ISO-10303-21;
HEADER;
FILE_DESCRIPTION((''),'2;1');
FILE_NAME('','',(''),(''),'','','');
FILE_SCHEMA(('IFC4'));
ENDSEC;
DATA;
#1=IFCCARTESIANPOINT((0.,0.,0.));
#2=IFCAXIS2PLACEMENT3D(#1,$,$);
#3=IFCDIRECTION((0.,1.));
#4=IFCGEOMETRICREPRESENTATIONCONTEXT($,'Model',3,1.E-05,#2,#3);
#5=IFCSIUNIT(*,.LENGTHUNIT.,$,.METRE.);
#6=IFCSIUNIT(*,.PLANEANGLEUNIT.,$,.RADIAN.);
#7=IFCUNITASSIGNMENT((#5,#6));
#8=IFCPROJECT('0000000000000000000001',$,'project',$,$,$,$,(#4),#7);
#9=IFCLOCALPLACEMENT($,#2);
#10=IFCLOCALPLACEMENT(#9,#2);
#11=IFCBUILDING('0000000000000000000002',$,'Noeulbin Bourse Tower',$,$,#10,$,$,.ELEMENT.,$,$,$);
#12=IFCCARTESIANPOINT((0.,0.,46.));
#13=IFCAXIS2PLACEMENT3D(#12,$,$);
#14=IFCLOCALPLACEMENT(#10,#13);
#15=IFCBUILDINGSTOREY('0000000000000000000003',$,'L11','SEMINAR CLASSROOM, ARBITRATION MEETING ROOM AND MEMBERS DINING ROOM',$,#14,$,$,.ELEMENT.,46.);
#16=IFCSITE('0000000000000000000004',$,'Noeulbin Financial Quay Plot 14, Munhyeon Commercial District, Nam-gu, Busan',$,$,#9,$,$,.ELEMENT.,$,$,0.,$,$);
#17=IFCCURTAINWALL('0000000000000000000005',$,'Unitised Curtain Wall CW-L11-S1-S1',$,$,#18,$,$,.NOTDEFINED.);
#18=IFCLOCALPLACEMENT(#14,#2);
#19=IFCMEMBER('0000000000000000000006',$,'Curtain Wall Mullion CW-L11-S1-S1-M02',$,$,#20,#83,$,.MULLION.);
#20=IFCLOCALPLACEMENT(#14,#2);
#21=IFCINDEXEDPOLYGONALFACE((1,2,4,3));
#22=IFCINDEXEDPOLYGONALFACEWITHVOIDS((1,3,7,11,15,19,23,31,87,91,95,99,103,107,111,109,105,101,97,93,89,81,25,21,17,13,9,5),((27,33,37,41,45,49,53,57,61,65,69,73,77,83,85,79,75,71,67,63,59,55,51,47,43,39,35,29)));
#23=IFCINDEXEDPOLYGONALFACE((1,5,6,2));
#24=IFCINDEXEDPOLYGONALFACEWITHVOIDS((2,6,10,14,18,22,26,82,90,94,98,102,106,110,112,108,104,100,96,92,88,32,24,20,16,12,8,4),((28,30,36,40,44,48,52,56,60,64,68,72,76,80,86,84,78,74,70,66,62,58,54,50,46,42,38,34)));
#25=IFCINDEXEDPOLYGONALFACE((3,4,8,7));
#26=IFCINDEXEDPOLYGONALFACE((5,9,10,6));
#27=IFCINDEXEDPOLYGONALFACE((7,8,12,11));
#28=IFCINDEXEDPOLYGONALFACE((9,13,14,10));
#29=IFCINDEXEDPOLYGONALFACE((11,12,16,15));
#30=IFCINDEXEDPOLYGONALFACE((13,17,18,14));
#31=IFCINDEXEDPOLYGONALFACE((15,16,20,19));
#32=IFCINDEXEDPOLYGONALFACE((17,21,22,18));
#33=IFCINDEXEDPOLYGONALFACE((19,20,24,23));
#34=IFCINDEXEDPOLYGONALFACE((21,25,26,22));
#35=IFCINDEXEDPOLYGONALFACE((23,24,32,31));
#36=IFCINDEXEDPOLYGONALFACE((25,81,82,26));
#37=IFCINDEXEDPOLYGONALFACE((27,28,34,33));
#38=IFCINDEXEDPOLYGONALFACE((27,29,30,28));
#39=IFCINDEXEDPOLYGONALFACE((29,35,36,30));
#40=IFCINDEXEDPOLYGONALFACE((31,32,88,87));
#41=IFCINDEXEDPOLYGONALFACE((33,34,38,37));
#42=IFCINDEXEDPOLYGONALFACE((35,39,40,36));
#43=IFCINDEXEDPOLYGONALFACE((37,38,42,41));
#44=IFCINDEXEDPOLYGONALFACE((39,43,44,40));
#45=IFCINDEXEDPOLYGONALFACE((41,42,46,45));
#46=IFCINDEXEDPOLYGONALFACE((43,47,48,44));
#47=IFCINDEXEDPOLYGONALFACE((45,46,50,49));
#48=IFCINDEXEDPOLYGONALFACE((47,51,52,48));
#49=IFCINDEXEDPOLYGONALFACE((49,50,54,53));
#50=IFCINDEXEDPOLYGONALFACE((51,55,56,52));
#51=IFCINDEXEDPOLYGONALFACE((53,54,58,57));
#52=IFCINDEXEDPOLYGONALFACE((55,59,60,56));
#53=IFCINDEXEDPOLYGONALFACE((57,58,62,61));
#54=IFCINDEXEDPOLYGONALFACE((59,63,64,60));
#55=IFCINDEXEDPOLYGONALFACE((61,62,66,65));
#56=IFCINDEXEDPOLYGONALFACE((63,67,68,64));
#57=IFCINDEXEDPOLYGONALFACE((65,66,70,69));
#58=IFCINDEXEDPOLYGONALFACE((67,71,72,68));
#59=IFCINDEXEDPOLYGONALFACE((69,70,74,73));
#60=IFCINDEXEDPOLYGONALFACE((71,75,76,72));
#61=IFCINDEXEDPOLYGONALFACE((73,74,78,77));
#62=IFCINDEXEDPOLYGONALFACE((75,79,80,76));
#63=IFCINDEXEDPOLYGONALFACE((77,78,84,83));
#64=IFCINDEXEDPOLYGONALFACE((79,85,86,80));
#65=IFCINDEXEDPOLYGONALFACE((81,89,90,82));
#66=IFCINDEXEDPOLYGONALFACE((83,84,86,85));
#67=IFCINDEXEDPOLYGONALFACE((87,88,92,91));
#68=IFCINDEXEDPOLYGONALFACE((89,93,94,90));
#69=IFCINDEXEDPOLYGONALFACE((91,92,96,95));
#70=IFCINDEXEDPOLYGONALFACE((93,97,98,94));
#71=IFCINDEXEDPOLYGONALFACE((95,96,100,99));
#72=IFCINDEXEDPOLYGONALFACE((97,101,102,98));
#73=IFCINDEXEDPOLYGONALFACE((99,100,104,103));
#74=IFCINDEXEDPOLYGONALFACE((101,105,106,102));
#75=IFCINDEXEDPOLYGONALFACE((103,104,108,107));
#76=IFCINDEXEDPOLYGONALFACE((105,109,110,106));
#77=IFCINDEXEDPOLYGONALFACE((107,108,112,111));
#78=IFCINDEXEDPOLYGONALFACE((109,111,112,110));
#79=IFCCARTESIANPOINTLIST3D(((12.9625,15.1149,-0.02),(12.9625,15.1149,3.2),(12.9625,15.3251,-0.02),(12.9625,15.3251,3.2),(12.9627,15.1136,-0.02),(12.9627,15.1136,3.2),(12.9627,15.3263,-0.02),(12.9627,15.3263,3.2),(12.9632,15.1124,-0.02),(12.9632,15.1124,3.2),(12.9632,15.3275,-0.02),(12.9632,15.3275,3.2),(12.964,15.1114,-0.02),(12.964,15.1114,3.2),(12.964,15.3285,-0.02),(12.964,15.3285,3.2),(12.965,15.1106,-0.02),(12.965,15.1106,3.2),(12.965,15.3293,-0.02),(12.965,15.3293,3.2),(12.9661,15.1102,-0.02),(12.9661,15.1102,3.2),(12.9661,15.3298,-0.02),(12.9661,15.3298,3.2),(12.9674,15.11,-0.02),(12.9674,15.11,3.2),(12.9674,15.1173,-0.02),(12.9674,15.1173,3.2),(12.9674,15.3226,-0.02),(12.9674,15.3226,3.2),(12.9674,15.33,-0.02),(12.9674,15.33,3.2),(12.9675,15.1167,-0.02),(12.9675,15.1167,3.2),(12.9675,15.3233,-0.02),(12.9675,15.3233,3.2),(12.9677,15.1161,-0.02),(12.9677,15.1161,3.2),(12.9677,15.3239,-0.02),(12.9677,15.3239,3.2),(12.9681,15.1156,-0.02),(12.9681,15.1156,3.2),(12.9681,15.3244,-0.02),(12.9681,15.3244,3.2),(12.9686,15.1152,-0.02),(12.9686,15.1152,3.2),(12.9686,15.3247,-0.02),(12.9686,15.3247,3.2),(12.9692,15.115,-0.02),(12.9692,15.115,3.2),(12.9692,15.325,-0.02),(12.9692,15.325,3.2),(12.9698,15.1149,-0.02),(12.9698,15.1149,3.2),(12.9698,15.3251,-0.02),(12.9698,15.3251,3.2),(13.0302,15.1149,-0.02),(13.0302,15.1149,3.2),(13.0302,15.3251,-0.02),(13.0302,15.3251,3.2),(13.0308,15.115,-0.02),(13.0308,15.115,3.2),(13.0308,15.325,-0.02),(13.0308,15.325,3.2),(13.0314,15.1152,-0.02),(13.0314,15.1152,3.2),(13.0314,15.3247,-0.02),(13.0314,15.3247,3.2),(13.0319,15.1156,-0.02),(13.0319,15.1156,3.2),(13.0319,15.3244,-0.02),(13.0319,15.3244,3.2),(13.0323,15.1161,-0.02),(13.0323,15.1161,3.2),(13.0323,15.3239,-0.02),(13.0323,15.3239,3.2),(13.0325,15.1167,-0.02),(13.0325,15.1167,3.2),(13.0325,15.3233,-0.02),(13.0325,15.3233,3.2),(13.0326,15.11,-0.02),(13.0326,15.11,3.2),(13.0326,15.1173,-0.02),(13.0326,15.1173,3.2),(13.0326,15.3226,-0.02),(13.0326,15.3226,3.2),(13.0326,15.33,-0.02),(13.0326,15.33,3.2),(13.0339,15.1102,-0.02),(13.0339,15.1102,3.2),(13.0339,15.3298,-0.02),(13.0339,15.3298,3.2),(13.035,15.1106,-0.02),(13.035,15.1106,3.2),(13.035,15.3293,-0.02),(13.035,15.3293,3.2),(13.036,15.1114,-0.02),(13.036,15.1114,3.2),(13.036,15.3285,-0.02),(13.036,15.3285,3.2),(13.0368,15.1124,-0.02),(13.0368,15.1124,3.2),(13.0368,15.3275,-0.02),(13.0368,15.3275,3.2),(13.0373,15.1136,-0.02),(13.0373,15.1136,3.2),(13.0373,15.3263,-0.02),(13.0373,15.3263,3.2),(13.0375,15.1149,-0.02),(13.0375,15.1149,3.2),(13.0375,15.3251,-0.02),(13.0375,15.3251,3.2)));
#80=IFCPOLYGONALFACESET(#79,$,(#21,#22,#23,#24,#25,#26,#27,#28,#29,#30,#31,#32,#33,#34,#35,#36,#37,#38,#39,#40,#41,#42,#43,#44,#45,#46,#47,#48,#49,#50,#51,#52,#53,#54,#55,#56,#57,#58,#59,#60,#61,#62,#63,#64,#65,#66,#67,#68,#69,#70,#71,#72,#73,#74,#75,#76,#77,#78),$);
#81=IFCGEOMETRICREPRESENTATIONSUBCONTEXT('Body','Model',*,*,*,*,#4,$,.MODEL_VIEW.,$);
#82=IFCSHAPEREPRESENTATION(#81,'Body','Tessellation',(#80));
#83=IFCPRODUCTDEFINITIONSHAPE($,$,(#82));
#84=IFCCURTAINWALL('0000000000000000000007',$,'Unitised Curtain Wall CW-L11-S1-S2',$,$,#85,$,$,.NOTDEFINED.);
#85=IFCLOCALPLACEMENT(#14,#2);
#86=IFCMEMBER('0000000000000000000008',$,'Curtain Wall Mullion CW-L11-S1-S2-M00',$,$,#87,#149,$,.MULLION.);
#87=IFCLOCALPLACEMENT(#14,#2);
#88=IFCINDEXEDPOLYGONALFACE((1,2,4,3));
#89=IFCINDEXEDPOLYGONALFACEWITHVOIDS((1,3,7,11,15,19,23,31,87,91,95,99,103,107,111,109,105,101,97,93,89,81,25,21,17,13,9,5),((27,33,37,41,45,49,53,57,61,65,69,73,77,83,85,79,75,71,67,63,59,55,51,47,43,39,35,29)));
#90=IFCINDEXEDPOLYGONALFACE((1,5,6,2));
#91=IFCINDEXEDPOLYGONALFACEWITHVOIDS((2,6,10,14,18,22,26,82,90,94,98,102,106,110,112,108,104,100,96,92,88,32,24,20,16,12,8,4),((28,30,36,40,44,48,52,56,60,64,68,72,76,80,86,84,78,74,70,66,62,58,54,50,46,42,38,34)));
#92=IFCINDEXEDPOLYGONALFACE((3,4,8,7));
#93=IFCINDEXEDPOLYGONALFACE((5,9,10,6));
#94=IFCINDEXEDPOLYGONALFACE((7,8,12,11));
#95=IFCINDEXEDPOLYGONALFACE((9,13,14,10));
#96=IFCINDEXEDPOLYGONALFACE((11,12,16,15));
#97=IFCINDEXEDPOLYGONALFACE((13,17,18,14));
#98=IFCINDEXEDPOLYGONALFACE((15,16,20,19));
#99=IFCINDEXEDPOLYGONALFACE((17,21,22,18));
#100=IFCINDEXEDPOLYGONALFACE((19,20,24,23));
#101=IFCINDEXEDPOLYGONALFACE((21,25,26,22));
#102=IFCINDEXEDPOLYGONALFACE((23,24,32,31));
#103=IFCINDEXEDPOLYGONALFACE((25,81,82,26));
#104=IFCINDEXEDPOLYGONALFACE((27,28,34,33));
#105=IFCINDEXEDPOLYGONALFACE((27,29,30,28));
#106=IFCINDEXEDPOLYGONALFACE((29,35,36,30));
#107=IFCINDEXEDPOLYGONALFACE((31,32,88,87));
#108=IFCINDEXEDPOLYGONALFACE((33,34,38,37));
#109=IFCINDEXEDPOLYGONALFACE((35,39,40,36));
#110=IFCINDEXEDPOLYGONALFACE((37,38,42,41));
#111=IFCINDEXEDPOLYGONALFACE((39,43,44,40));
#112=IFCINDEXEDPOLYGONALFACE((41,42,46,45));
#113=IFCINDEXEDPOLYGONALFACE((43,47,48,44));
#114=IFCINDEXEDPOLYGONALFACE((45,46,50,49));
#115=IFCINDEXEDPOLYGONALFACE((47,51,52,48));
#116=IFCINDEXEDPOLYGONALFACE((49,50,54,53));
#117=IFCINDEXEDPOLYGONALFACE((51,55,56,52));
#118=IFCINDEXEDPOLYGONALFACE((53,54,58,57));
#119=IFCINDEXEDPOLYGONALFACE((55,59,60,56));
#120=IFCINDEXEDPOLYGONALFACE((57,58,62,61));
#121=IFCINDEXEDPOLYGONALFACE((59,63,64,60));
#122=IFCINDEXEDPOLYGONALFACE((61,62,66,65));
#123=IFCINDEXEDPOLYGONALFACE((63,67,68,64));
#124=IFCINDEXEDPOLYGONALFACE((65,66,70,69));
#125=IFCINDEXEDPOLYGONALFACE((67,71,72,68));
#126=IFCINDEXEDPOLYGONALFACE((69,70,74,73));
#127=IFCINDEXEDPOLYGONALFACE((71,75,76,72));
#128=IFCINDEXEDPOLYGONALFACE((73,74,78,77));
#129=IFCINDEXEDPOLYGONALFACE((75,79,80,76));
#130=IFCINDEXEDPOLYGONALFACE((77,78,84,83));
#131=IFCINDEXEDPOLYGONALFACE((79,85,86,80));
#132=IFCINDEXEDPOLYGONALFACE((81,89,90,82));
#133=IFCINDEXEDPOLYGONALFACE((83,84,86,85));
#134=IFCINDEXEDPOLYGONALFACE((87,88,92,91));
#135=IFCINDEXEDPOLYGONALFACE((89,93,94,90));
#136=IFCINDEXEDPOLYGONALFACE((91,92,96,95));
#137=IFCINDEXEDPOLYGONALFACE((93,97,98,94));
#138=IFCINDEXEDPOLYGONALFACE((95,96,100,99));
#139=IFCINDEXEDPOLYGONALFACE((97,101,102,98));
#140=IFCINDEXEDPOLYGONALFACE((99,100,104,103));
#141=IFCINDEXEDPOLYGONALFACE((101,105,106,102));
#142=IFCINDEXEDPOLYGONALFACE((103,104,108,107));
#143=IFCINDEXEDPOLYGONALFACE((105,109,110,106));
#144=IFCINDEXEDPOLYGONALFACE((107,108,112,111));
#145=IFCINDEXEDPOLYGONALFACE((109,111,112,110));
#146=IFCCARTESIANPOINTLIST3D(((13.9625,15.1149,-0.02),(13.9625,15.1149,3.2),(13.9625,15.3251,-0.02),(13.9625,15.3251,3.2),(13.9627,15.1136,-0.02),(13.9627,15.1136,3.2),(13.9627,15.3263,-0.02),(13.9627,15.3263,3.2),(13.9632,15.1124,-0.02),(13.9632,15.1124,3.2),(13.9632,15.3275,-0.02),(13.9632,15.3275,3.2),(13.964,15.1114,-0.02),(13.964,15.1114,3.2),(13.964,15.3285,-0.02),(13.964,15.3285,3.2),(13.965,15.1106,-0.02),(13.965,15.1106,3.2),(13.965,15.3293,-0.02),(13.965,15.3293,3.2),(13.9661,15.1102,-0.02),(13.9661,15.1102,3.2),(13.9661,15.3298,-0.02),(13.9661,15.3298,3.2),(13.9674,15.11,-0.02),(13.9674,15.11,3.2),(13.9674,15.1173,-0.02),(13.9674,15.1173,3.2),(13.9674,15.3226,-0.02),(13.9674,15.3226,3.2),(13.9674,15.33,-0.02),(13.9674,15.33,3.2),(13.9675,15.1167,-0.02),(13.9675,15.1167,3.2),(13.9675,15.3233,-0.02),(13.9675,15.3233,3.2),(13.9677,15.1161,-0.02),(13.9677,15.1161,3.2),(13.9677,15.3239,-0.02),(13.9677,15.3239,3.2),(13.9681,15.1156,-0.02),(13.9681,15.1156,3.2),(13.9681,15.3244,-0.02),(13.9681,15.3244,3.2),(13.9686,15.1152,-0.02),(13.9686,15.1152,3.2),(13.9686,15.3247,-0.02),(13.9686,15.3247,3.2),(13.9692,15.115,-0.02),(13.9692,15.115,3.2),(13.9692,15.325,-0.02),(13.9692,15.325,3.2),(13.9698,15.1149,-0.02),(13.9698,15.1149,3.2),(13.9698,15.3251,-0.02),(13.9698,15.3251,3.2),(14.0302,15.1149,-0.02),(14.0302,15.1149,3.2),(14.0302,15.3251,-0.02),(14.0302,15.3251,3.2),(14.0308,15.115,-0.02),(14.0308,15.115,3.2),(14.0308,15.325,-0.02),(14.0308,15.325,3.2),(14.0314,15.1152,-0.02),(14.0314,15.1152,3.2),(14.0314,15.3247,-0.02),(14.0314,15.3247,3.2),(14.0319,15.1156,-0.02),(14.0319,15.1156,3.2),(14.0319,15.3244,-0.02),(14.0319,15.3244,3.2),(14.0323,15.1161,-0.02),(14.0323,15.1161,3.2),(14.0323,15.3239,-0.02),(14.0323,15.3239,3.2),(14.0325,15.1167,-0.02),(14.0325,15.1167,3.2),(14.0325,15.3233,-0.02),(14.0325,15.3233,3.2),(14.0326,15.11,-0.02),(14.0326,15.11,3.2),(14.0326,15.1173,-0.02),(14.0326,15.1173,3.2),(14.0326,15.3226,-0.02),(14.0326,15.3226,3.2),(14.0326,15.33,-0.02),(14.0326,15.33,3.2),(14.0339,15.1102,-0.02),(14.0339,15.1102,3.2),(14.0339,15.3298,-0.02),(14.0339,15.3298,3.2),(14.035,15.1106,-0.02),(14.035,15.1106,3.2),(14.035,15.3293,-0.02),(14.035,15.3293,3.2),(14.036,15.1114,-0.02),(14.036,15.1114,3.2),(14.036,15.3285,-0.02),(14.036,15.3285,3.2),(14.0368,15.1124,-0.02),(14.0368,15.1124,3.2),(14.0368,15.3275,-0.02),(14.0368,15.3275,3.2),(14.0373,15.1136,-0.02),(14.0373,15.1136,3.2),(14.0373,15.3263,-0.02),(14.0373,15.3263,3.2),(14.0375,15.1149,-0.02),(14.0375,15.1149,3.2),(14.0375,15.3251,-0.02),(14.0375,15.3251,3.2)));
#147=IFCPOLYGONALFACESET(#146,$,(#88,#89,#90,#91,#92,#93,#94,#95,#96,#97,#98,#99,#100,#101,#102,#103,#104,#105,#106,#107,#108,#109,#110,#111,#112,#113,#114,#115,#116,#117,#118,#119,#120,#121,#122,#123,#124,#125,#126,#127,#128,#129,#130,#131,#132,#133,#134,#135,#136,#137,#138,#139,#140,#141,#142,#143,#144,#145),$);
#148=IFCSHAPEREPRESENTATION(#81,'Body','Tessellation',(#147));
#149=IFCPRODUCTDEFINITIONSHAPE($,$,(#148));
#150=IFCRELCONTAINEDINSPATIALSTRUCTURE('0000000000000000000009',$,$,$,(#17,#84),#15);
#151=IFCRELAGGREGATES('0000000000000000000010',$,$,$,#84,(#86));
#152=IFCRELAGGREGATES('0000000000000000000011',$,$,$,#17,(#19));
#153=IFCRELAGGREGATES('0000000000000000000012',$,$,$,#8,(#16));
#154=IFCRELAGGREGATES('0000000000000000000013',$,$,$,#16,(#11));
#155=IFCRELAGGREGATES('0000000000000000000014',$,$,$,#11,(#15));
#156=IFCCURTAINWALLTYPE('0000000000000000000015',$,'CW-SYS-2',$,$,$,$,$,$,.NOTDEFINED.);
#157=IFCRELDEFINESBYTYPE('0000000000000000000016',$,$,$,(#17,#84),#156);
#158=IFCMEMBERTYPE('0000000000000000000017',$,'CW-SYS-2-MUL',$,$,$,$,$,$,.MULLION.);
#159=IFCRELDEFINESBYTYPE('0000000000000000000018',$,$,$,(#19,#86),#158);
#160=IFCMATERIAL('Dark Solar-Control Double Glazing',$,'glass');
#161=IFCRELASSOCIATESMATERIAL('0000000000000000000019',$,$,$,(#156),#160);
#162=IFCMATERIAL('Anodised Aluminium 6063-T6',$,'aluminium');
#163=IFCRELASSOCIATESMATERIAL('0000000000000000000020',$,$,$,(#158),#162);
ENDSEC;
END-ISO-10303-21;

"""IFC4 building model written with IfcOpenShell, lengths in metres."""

from ifc_helpers import new_model, si_unit, direction, frame, origin, origin_2d, place, context, subcontext, project, spatial, hollow_rectangle, extrude, material, material_profile, profile_set, type_object, element, aggregate, save


model = new_model("IFC4")

# Units and contexts
model_context = context("Model", 3, precision=1e-05, world=origin(), true_north=direction((0.0, 1.0)))
body_context = subcontext(model_context, "Body", "Model", "MODEL_VIEW")
ifc_project = project(units=[si_unit("LENGTHUNIT", "METRE"), si_unit("PLANEANGLEUNIT", "RADIAN")], contexts=[model_context])

# Site, building, storey
site_placement = place(None, origin())
site = spatial("IfcSite", under=ifc_project, at=site_placement, Name="Noeulbin Financial Quay Plot 14, Munhyeon Commercial District, Nam-gu, Busan", CompositionType="ELEMENT", RefElevation=0.0)
building_placement = place(site_placement, origin())
building = spatial("IfcBuilding", under=site, at=building_placement, Name="Noeulbin Bourse Tower", CompositionType="ELEMENT")
storey_placement = place(building_placement, frame((0.0, 0.0, 46.0)))
storey = spatial("IfcBuildingStorey", under=building, at=storey_placement, Name="L11", Description="SEMINAR CLASSROOM, ARBITRATION MEETING ROOM AND MEMBERS DINING ROOM", CompositionType="ELEMENT", Elevation=46.0)

# Curtain wall, member
ifc_material_1 = material(Name="Dark Solar-Control Double Glazing", Category="glass")
curtain_wall_type = type_object("IfcCurtainWallType", Name="CW-SYS-2", PredefinedType="NOTDEFINED", material=ifc_material_1)
curtain_wall_1_placement = place(storey_placement, origin())
curtain_wall_1 = element("IfcCurtainWall", 1, at=curtain_wall_1_placement, inside=storey, type_object=curtain_wall_type, Name="Unitised Curtain Wall CW-L11-S1-S1", PredefinedType="NOTDEFINED")
ifc_material_2 = material(Name="Anodised Aluminium 6063-T6", Category="aluminium")
ifc_material_profile_1 = material_profile(ifc_material_2, hollow_rectangle(XDim=0.075, YDim=0.22, WallThickness=0.0049, InnerFilletRadius=0.0024, OuterFilletRadius=0.0049, at=origin_2d()), Name="ALU-MULL-75x220x5", Category="LoadBearing")
ifc_profile_set_1 = profile_set([ifc_material_profile_1], Name="Anodised Aluminium 6063-T6")
member_type_1 = type_object("IfcMemberType", Name="CW-SYS-2-MUL", PredefinedType="MULLION", material=ifc_profile_set_1)
member_1_placement = place(storey_placement, frame((13.0, 15.22, -0.02), z_axis=(0.0, 0.0, 1.0), x_axis=(1.0, 0.0, 0.0)))
member_1 = element("IfcMember", 2, at=member_1_placement, type_object=member_type_1, Name="Curtain Wall Mullion CW-L11-S1-S1-M02", PredefinedType="MULLION", context=body_context, shape_type="SweptSolid", body=[
    extrude(hollow_rectangle(XDim=0.075, YDim=0.22, WallThickness=0.0049, InnerFilletRadius=0.0024, OuterFilletRadius=0.0049, at=origin_2d()), origin(), (0.0, 0.0, 1.0), 3.22),
])

# Curtain wall, member
curtain_wall_2_placement = place(storey_placement, origin())
curtain_wall_2 = element("IfcCurtainWall", 3, at=curtain_wall_2_placement, inside=storey, type_object=curtain_wall_type, Name="Unitised Curtain Wall CW-L11-S1-S2", PredefinedType="NOTDEFINED")
member_2_placement = place(storey_placement, frame((14.0, 15.22, -0.02), z_axis=(0.0, 0.0, 1.0), x_axis=(1.0, 0.0, 0.0)))
member_2 = element("IfcMember", 4, at=member_2_placement, type_object=member_type_1, Name="Curtain Wall Mullion CW-L11-S1-S2-M00", PredefinedType="MULLION", context=body_context, shape_type="SweptSolid", body=[
    extrude(hollow_rectangle(XDim=0.075, YDim=0.22, WallThickness=0.0049, InnerFilletRadius=0.0024, OuterFilletRadius=0.0049, at=origin_2d()), origin(), (0.0, 0.0, 1.0), 3.22),
])

aggregate(curtain_wall_2, [member_2])

aggregate(curtain_wall_1, [member_1])

save(model, "model.ifc")
